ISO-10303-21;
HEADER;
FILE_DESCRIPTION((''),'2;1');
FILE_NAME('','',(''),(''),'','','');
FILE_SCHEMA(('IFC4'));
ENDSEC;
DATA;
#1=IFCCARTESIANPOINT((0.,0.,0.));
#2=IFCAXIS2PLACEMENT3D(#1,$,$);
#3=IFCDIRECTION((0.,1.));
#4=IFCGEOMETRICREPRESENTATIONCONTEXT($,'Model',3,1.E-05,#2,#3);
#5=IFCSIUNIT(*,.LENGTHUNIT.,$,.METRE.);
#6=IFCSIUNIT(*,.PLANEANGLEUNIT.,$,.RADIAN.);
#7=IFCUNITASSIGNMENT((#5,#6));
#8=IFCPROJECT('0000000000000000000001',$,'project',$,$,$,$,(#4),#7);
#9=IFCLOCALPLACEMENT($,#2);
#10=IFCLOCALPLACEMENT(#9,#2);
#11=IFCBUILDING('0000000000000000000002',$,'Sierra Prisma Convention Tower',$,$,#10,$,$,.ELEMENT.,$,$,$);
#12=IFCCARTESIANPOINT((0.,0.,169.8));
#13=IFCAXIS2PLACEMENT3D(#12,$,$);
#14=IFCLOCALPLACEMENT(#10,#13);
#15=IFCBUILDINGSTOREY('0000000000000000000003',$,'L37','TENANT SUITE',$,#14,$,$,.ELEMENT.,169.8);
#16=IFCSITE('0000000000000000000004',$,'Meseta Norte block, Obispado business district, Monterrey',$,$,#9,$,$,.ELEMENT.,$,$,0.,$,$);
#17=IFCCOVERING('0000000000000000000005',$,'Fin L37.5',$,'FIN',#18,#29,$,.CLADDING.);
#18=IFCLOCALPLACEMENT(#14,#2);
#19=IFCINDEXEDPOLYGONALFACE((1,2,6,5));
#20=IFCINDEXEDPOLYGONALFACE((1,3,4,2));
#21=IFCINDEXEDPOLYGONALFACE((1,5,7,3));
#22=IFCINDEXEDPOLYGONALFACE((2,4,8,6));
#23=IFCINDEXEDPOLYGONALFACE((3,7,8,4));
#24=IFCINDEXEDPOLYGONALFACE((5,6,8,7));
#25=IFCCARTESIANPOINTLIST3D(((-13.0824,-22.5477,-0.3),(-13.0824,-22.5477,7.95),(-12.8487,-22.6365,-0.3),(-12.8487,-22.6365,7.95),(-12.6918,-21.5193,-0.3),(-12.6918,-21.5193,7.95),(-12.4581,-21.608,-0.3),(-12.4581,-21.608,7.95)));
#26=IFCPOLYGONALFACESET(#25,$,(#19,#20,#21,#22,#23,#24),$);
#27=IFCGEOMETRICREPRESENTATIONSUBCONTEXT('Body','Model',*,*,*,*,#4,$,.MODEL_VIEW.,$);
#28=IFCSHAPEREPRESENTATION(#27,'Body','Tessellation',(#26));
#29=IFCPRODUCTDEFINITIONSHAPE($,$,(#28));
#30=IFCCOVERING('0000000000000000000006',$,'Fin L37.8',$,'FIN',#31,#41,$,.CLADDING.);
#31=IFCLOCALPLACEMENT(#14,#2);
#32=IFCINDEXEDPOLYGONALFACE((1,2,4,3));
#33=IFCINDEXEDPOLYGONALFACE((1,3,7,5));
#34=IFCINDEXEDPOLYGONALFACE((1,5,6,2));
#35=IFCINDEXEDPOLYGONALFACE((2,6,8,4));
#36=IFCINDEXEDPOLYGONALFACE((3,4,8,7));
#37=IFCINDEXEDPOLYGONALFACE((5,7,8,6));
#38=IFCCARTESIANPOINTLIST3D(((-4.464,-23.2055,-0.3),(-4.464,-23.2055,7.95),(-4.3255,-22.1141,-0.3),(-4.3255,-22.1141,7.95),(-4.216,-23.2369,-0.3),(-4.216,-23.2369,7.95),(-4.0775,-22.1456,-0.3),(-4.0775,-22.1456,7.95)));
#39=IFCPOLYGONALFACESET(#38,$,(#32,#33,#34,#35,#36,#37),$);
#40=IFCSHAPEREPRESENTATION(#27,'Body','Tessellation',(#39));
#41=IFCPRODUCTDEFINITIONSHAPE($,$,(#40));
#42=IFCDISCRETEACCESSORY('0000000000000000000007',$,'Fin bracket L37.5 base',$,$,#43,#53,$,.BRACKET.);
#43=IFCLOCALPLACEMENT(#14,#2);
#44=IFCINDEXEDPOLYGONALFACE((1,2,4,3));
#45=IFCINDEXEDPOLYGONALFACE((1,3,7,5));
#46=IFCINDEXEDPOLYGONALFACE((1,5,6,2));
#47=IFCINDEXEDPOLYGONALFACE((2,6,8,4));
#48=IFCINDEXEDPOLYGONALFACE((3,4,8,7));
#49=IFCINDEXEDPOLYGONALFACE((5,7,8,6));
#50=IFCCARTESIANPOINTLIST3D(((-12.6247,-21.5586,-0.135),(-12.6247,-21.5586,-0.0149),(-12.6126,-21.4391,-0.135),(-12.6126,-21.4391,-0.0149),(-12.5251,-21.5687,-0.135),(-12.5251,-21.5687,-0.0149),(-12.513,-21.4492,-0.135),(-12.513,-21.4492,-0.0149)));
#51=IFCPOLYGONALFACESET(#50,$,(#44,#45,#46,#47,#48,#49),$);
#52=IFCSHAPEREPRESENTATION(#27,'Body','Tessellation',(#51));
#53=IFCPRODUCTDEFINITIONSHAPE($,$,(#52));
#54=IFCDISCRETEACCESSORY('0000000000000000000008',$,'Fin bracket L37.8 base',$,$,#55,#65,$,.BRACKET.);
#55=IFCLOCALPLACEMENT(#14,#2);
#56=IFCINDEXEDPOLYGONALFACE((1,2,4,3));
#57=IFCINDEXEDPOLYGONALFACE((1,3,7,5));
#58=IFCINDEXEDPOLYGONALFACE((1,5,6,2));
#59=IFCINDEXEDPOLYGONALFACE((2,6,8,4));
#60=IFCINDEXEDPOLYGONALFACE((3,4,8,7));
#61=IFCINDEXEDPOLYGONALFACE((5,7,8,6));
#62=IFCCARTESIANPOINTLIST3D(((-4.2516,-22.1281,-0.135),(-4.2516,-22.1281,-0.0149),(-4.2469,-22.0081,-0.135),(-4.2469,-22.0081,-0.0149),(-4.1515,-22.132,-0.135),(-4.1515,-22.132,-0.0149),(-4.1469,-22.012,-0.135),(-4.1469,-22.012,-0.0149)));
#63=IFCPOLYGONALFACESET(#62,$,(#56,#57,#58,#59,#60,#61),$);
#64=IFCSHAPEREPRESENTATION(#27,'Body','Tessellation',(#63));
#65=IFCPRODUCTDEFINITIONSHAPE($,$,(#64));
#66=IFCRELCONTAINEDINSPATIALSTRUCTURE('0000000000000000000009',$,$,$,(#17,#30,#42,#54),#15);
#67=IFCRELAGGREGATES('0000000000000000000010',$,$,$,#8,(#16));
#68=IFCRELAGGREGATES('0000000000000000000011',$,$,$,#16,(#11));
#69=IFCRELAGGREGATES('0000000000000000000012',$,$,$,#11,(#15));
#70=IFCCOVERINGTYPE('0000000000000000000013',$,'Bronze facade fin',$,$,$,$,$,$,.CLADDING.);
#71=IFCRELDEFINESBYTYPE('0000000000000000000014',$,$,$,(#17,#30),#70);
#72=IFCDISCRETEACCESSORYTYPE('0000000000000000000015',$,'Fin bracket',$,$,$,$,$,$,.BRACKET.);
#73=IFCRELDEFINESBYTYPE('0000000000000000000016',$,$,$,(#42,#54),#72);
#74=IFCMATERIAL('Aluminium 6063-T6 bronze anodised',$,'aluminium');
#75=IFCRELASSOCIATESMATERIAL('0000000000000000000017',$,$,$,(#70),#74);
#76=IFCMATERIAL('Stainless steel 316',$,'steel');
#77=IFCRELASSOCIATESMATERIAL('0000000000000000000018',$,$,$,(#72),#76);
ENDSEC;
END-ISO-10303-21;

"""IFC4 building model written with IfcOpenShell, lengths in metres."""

from ifc_helpers import new_model, si_unit, direction, frame, origin, origin_2d, place, context, subcontext, project, spatial, rectangle, extrude, material, material_profile, profile_set, type_object, element, save


model = new_model("IFC4")

# Units and contexts
model_context = context("Model", 3, precision=1e-05, world=origin(), true_north=direction((0.0, 1.0)))
body_context = subcontext(model_context, "Body", "Model", "MODEL_VIEW")
ifc_project = project(units=[si_unit("LENGTHUNIT", "METRE"), si_unit("PLANEANGLEUNIT", "RADIAN")], contexts=[model_context])

# Site, building, storey
site_placement = place(None, origin())
site = spatial("IfcSite", under=ifc_project, at=site_placement, Name="Meseta Norte block, Obispado business district, Monterrey", CompositionType="ELEMENT", RefElevation=0.0)
building_placement = place(site_placement, origin())
building = spatial("IfcBuilding", under=site, at=building_placement, Name="Sierra Prisma Convention Tower", CompositionType="ELEMENT")
storey_placement = place(building_placement, frame((0.0, 0.0, 169.8)))
storey = spatial("IfcBuildingStorey", under=building, at=storey_placement, Name="L37", Description="TENANT SUITE", CompositionType="ELEMENT", Elevation=169.8)

# Coverings
ifc_material_1 = material(Name="Aluminium 6063-T6 bronze anodised", Category="aluminium")
ifc_material_profile_1 = material_profile(ifc_material_1, rectangle(XDim=1.1001, YDim=0.25, at=origin_2d()), Name="ALU FIN 1100x250")
ifc_profile_set_1 = profile_set([ifc_material_profile_1], Name="Aluminium 6063-T6 bronze anodised")
covering_type = type_object("IfcCoveringType", Name="Bronze facade fin", PredefinedType="CLADDING", material=ifc_profile_set_1)
for number, where, z_axis, x_axis, name in (
    (1, (-12.7703, -22.0779, -0.3), (0.0, 0.0, 1.0), (-0.355044, -0.93485, 0.0), "Fin L37.5"),
    (2, (-4.2708, -22.6755, -0.3), (0.0, 0.0, 1.0), (-0.12584, -0.992051, 0.0), "Fin L37.8"),
):
    element("IfcCovering", number, at=place(storey_placement, frame(where, z_axis=z_axis, x_axis=x_axis)), inside=storey, type_object=covering_type, Name=name, ObjectType="FIN", PredefinedType="CLADDING", context=body_context, shape_type="SweptSolid", body=[
        extrude(rectangle(XDim=1.1001, YDim=0.25, at=origin_2d()), origin(), (0.0, 0.0, 1.0), 8.25),
    ])

# Discrete accessories
ifc_material_2 = material(Name="Stainless steel 316", Category="steel")
discrete_accessory_type = type_object("IfcDiscreteAccessoryType", Name="Fin bracket", PredefinedType="BRACKET", material=ifc_material_2)
for number, where, z_axis, x_axis, name in (
    (3, (-12.5688, -21.5039, -0.135), (0.0, 0.0, 1.0), (-0.100989, -0.994888, 0.0), "Fin bracket L37.5 base"),
    (4, (-4.1992, -22.0701, -0.135), (0.0, 0.0, 1.0), (-0.038899, -0.999243, 0.0), "Fin bracket L37.8 base"),
):
    element("IfcDiscreteAccessory", number, at=place(storey_placement, frame(where, z_axis=z_axis, x_axis=x_axis)), inside=storey, type_object=discrete_accessory_type, Name=name, PredefinedType="BRACKET", context=body_context, shape_type="SweptSolid", body=[
        extrude(rectangle(XDim=0.1201, YDim=0.1001, at=origin_2d()), origin(), (0.0, 0.0, 1.0), 0.1201),
    ])

save(model, "model.ifc")
